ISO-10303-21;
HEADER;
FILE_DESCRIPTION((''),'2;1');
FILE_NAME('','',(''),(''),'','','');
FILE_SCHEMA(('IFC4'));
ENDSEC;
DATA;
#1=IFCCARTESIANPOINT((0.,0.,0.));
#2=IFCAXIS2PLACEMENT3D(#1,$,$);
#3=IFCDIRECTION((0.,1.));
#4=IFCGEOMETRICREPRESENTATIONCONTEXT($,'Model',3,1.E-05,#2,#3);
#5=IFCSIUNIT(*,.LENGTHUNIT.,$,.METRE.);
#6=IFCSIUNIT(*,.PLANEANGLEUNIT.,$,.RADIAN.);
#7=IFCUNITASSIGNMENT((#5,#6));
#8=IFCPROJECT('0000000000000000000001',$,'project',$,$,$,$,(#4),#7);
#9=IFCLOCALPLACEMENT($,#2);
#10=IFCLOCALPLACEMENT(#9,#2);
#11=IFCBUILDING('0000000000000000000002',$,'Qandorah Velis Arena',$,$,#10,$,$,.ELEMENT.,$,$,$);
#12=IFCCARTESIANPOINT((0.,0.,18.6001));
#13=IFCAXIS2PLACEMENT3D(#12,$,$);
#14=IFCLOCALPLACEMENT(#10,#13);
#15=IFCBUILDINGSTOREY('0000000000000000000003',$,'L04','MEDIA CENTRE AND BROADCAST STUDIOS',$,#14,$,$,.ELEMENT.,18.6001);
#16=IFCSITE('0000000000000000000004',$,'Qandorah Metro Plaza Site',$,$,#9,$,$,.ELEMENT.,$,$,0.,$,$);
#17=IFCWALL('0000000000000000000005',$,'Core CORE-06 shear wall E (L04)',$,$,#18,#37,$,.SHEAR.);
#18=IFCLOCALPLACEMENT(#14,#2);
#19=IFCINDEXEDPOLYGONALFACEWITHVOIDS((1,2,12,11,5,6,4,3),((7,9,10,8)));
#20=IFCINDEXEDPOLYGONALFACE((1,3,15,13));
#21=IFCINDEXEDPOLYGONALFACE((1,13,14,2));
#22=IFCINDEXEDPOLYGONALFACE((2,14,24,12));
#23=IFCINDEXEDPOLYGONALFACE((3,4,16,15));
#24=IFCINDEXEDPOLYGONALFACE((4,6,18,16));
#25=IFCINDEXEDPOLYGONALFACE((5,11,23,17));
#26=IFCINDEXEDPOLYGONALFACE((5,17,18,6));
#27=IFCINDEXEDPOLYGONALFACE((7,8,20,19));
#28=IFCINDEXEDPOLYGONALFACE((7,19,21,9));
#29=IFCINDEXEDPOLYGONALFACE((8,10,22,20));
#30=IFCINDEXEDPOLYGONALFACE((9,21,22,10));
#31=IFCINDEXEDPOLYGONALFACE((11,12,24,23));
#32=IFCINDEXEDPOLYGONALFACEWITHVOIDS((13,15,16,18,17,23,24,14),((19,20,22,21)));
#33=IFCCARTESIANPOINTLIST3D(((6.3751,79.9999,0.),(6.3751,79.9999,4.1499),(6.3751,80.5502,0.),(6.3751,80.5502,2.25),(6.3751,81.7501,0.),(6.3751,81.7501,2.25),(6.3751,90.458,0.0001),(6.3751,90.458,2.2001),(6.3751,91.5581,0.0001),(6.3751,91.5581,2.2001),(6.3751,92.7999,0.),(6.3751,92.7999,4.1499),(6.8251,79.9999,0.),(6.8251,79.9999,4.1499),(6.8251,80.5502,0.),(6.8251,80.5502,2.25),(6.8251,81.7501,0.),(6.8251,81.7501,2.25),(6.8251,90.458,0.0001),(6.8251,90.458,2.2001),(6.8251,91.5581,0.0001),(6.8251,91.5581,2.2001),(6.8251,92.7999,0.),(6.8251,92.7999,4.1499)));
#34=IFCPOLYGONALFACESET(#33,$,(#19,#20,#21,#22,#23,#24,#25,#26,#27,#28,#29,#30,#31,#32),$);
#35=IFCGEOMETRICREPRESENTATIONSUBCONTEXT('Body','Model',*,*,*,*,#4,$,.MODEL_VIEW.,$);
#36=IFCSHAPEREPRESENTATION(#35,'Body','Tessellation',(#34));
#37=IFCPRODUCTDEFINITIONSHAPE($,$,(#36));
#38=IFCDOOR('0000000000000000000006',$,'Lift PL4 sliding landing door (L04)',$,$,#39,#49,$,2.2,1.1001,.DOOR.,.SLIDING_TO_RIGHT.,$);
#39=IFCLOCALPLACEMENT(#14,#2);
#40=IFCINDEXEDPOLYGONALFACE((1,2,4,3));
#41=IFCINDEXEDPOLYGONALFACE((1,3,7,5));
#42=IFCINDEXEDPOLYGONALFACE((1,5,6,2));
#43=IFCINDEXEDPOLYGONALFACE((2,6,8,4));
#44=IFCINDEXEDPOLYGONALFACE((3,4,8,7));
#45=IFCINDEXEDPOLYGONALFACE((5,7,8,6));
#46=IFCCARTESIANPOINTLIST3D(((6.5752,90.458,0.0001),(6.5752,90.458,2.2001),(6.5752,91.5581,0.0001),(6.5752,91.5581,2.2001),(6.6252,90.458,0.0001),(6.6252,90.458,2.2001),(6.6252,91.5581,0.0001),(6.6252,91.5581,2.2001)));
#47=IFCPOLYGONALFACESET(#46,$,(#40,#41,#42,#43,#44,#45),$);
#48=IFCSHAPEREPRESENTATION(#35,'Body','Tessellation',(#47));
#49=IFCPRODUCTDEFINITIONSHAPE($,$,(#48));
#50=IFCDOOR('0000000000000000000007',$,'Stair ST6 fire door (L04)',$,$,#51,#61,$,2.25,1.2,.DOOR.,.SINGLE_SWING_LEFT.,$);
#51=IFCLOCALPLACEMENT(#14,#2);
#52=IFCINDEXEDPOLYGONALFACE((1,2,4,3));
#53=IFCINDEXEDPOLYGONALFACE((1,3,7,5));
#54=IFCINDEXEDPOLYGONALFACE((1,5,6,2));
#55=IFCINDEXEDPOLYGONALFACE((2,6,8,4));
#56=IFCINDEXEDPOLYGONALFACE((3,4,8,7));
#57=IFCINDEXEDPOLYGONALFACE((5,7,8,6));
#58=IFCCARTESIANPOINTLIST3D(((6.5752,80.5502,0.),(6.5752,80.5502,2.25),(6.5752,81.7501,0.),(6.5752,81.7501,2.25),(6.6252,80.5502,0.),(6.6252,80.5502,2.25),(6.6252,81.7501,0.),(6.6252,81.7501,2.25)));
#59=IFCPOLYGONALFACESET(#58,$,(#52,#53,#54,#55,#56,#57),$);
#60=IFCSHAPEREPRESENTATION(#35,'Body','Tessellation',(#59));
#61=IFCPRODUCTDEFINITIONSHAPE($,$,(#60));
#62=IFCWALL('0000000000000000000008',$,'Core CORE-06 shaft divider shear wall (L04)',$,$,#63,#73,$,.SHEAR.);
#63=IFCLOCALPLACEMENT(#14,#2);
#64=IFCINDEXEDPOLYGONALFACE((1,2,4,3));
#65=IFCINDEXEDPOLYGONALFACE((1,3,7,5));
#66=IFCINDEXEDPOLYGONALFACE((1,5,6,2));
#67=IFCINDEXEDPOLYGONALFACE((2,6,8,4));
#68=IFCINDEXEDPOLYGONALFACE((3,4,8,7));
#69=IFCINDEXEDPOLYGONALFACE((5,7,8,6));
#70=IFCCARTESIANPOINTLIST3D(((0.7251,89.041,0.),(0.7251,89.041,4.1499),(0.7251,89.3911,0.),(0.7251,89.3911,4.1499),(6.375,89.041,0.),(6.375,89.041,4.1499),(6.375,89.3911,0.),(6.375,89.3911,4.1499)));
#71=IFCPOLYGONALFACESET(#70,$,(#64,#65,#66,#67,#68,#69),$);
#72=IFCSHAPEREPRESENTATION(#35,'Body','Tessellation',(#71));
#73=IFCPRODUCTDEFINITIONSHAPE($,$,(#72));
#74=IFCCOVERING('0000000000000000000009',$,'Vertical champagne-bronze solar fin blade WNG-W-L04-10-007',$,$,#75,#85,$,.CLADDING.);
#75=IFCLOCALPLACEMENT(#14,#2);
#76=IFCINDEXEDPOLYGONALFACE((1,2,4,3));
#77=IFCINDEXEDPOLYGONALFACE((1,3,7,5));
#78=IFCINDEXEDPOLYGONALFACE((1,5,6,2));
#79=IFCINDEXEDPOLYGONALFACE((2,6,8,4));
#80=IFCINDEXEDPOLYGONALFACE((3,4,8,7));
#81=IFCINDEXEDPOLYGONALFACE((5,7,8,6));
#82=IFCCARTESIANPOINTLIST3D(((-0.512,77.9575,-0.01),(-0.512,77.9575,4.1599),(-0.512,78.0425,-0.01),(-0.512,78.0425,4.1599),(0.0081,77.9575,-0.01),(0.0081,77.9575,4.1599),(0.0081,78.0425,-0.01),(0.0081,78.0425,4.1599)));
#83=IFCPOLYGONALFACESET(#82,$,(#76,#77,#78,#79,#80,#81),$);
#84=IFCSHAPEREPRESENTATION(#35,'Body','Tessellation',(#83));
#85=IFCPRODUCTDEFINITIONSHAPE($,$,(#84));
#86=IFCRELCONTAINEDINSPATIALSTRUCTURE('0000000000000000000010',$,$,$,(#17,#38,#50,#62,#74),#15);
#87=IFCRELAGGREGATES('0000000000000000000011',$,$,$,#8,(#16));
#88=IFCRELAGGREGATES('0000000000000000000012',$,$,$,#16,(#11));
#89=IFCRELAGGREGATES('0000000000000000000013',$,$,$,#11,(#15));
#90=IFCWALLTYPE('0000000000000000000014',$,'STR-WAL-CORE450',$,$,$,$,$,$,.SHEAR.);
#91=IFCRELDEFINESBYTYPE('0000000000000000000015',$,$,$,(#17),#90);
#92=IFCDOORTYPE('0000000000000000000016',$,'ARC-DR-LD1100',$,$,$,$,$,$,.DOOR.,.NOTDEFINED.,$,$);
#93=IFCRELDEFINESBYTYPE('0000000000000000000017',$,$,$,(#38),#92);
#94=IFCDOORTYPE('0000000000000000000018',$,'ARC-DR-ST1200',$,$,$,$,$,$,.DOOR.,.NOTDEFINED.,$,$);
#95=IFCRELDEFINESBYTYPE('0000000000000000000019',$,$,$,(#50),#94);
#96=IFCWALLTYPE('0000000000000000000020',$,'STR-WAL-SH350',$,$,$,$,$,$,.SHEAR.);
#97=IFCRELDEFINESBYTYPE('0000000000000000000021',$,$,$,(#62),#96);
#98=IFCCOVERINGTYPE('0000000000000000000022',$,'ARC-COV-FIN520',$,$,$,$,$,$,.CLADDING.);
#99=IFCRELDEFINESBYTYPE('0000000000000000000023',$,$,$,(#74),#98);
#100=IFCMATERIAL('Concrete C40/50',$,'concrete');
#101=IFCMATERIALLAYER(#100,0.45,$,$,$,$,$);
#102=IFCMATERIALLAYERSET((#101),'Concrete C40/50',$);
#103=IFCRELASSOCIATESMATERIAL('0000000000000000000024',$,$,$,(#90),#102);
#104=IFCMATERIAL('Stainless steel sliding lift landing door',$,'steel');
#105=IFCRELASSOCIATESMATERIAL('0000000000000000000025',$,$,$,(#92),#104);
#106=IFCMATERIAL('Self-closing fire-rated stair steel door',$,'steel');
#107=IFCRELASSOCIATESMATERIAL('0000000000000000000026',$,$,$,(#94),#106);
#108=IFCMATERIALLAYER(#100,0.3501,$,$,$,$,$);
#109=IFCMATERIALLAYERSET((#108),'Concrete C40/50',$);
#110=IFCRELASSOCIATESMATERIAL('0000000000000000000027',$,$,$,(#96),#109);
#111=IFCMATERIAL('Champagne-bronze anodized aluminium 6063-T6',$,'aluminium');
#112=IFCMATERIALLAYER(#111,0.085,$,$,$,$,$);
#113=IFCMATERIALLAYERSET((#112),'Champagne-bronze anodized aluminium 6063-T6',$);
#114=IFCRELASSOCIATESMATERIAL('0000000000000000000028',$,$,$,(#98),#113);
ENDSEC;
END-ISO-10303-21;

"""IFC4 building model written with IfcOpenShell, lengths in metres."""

from ifc_helpers import new_model, si_unit, direction, frame, frame_2d, origin, origin_2d, place, context, subcontext, project, spatial, rectangle, extrude, material, layer, layer_set, type_object, element, fill, save


model = new_model("IFC4")

# Units and contexts
model_context = context("Model", 3, precision=1e-05, world=origin(), true_north=direction((0.0, 1.0)))
body_context = subcontext(model_context, "Body", "Model", "MODEL_VIEW")
ifc_project = project(units=[si_unit("LENGTHUNIT", "METRE"), si_unit("PLANEANGLEUNIT", "RADIAN")], contexts=[model_context])

# Site, building, storey
site_placement = place(None, origin())
site = spatial("IfcSite", under=ifc_project, at=site_placement, Name="Qandorah Metro Plaza Site", CompositionType="ELEMENT", RefElevation=0.0)
building_placement = place(site_placement, origin())
building = spatial("IfcBuilding", under=site, at=building_placement, Name="Qandorah Velis Arena", CompositionType="ELEMENT")
storey_placement = place(building_placement, frame((0.0, 0.0, 18.6001)))
storey = spatial("IfcBuildingStorey", under=building, at=storey_placement, Name="L04", Description="MEDIA CENTRE AND BROADCAST STUDIOS", CompositionType="ELEMENT", Elevation=18.6001)

# Shared definitions
ifc_material_1 = material(Name="Concrete C40/50", Category="concrete")

# Shared definitions
ifc_material_2 = material(Name="Champagne-bronze anodized aluminium 6063-T6", Category="aluminium")

# Shared definitions
ifc_layer_1 = layer(ifc_material_1, 0.45)
ifc_layer_set_1 = layer_set([ifc_layer_1], Name="Concrete C40/50")
wall_type_1 = type_object("IfcWallType", Name="STR-WAL-CORE450", PredefinedType="SHEAR", material=ifc_layer_set_1)

# Wall, openings, doors
wall_1_placement = place(storey_placement, frame((6.6001, 80.0, 0.0), z_axis=(0.0, 0.0, 1.0), x_axis=(0.0, 1.0, 0.0)))
wall_1 = element("IfcWall", 1, at=wall_1_placement, inside=storey, type_object=wall_type_1, Name="Core CORE-06 shear wall E (L04)", PredefinedType="SHEAR", context=body_context, shape_type="SweptSolid", body=[
    extrude(rectangle(XDim=12.8, YDim=0.45, at=frame_2d((6.3999, 0.0))), origin(), (0.0, 0.0, 1.0), 4.1499),
])
opening_1_placement = place(wall_1_placement, frame((0.55, 0.0, 0.0)))
opening_1 = element("IfcOpeningElement", 2, at=opening_1_placement, cuts=wall_1, PredefinedType="OPENING", context=body_context, shape_type="SweptSolid", body=[
    extrude(rectangle(XDim=1.2, YDim=2.25, at=frame_2d((0.6001, 1.125))), frame((0.0, 0.2349, 0.0), z_axis=(0.0, -1.0, 0.0), x_axis=(1.0, 0.0, 0.0)), (0.0, 0.0, 1.0), 0.47),
])
opening_2_placement = place(wall_1_placement, frame((10.458, 0.0, 0.0)))
opening_2 = element("IfcOpeningElement", 3, at=opening_2_placement, cuts=wall_1, PredefinedType="OPENING", context=body_context, shape_type="SweptSolid", body=[
    extrude(rectangle(XDim=1.1001, YDim=2.2, at=frame_2d((0.55, 1.1001))), frame((0.0, 0.2349, 0.0), z_axis=(0.0, -1.0, 0.0), x_axis=(1.0, 0.0, 0.0)), (0.0, 0.0, 1.0), 0.47),
])
ifc_material_3 = material(Name="Stainless steel sliding lift landing door", Category="steel")
door_type_1 = type_object("IfcDoorType", Name="ARC-DR-LD1100", OperationType="NOTDEFINED", PredefinedType="DOOR", material=ifc_material_3)
door_1_placement = place(opening_2_placement, origin())
door_1 = element("IfcDoor", 4, at=door_1_placement, inside=storey, type_object=door_type_1, Name="Lift PL4 sliding landing door (L04)", OperationType="SLIDING_TO_RIGHT", OverallHeight=2.2, OverallWidth=1.1001, PredefinedType="DOOR", context=body_context, shape_type="SweptSolid", body=[
    extrude(rectangle(XDim=1.1001, YDim=2.2, at=frame_2d((0.55, 1.1001))), frame((0.0, 0.0249, 0.0), z_axis=(0.0, -1.0, 0.0), x_axis=(1.0, 0.0, 0.0)), (0.0, 0.0, 1.0), 0.05),
])
fill(opening_2, door_1)
ifc_material_4 = material(Name="Self-closing fire-rated stair steel door", Category="steel")
door_type_2 = type_object("IfcDoorType", Name="ARC-DR-ST1200", OperationType="NOTDEFINED", PredefinedType="DOOR", material=ifc_material_4)
door_2_placement = place(opening_1_placement, origin())
door_2 = element("IfcDoor", 5, at=door_2_placement, inside=storey, type_object=door_type_2, Name="Stair ST6 fire door (L04)", OperationType="SINGLE_SWING_LEFT", OverallHeight=2.25, OverallWidth=1.2, PredefinedType="DOOR", context=body_context, shape_type="SweptSolid", body=[
    extrude(rectangle(XDim=1.2, YDim=2.25, at=frame_2d((0.6001, 1.125))), frame((0.0, 0.0249, 0.0), z_axis=(0.0, -1.0, 0.0), x_axis=(1.0, 0.0, 0.0)), (0.0, 0.0, 1.0), 0.05),
])
fill(opening_1, door_2)

# Wall
ifc_layer_2 = layer(ifc_material_1, 0.3501)
ifc_layer_set_2 = layer_set([ifc_layer_2], Name="Concrete C40/50")
wall_type_2 = type_object("IfcWallType", Name="STR-WAL-SH350", PredefinedType="SHEAR", material=ifc_layer_set_2)
wall_2_placement = place(storey_placement, frame((0.7251, 89.2161, 0.0), z_axis=(0.0, 0.0, 1.0), x_axis=(1.0, 0.0, 0.0)))
element("IfcWall", 6, at=wall_2_placement, inside=storey, type_object=wall_type_2, Name="Core CORE-06 shaft divider shear wall (L04)", PredefinedType="SHEAR", context=body_context, shape_type="SweptSolid", body=[
    extrude(rectangle(XDim=5.6499, YDim=0.3501, at=frame_2d((2.825, 0.0))), origin(), (0.0, 0.0, 1.0), 4.1499),
])

# Covering
ifc_layer_3 = layer(ifc_material_2, 0.085)
ifc_layer_set_3 = layer_set([ifc_layer_3], Name="Champagne-bronze anodized aluminium 6063-T6")
covering_type = type_object("IfcCoveringType", Name="ARC-COV-FIN520", PredefinedType="CLADDING", material=ifc_layer_set_3)
covering_placement = place(storey_placement, frame((-0.252, 78.0, -0.01), z_axis=(0.0, 0.0, 1.0), x_axis=(1.0, 0.0, 0.0)))
element("IfcCovering", 7, at=covering_placement, inside=storey, type_object=covering_type, Name="Vertical champagne-bronze solar fin blade WNG-W-L04-10-007", PredefinedType="CLADDING", context=body_context, shape_type="SweptSolid", body=[
    extrude(rectangle(XDim=0.52, YDim=0.085, at=origin_2d()), origin(), (0.0, 0.0, 1.0), 4.1699),
])

save(model, "model.ifc")
